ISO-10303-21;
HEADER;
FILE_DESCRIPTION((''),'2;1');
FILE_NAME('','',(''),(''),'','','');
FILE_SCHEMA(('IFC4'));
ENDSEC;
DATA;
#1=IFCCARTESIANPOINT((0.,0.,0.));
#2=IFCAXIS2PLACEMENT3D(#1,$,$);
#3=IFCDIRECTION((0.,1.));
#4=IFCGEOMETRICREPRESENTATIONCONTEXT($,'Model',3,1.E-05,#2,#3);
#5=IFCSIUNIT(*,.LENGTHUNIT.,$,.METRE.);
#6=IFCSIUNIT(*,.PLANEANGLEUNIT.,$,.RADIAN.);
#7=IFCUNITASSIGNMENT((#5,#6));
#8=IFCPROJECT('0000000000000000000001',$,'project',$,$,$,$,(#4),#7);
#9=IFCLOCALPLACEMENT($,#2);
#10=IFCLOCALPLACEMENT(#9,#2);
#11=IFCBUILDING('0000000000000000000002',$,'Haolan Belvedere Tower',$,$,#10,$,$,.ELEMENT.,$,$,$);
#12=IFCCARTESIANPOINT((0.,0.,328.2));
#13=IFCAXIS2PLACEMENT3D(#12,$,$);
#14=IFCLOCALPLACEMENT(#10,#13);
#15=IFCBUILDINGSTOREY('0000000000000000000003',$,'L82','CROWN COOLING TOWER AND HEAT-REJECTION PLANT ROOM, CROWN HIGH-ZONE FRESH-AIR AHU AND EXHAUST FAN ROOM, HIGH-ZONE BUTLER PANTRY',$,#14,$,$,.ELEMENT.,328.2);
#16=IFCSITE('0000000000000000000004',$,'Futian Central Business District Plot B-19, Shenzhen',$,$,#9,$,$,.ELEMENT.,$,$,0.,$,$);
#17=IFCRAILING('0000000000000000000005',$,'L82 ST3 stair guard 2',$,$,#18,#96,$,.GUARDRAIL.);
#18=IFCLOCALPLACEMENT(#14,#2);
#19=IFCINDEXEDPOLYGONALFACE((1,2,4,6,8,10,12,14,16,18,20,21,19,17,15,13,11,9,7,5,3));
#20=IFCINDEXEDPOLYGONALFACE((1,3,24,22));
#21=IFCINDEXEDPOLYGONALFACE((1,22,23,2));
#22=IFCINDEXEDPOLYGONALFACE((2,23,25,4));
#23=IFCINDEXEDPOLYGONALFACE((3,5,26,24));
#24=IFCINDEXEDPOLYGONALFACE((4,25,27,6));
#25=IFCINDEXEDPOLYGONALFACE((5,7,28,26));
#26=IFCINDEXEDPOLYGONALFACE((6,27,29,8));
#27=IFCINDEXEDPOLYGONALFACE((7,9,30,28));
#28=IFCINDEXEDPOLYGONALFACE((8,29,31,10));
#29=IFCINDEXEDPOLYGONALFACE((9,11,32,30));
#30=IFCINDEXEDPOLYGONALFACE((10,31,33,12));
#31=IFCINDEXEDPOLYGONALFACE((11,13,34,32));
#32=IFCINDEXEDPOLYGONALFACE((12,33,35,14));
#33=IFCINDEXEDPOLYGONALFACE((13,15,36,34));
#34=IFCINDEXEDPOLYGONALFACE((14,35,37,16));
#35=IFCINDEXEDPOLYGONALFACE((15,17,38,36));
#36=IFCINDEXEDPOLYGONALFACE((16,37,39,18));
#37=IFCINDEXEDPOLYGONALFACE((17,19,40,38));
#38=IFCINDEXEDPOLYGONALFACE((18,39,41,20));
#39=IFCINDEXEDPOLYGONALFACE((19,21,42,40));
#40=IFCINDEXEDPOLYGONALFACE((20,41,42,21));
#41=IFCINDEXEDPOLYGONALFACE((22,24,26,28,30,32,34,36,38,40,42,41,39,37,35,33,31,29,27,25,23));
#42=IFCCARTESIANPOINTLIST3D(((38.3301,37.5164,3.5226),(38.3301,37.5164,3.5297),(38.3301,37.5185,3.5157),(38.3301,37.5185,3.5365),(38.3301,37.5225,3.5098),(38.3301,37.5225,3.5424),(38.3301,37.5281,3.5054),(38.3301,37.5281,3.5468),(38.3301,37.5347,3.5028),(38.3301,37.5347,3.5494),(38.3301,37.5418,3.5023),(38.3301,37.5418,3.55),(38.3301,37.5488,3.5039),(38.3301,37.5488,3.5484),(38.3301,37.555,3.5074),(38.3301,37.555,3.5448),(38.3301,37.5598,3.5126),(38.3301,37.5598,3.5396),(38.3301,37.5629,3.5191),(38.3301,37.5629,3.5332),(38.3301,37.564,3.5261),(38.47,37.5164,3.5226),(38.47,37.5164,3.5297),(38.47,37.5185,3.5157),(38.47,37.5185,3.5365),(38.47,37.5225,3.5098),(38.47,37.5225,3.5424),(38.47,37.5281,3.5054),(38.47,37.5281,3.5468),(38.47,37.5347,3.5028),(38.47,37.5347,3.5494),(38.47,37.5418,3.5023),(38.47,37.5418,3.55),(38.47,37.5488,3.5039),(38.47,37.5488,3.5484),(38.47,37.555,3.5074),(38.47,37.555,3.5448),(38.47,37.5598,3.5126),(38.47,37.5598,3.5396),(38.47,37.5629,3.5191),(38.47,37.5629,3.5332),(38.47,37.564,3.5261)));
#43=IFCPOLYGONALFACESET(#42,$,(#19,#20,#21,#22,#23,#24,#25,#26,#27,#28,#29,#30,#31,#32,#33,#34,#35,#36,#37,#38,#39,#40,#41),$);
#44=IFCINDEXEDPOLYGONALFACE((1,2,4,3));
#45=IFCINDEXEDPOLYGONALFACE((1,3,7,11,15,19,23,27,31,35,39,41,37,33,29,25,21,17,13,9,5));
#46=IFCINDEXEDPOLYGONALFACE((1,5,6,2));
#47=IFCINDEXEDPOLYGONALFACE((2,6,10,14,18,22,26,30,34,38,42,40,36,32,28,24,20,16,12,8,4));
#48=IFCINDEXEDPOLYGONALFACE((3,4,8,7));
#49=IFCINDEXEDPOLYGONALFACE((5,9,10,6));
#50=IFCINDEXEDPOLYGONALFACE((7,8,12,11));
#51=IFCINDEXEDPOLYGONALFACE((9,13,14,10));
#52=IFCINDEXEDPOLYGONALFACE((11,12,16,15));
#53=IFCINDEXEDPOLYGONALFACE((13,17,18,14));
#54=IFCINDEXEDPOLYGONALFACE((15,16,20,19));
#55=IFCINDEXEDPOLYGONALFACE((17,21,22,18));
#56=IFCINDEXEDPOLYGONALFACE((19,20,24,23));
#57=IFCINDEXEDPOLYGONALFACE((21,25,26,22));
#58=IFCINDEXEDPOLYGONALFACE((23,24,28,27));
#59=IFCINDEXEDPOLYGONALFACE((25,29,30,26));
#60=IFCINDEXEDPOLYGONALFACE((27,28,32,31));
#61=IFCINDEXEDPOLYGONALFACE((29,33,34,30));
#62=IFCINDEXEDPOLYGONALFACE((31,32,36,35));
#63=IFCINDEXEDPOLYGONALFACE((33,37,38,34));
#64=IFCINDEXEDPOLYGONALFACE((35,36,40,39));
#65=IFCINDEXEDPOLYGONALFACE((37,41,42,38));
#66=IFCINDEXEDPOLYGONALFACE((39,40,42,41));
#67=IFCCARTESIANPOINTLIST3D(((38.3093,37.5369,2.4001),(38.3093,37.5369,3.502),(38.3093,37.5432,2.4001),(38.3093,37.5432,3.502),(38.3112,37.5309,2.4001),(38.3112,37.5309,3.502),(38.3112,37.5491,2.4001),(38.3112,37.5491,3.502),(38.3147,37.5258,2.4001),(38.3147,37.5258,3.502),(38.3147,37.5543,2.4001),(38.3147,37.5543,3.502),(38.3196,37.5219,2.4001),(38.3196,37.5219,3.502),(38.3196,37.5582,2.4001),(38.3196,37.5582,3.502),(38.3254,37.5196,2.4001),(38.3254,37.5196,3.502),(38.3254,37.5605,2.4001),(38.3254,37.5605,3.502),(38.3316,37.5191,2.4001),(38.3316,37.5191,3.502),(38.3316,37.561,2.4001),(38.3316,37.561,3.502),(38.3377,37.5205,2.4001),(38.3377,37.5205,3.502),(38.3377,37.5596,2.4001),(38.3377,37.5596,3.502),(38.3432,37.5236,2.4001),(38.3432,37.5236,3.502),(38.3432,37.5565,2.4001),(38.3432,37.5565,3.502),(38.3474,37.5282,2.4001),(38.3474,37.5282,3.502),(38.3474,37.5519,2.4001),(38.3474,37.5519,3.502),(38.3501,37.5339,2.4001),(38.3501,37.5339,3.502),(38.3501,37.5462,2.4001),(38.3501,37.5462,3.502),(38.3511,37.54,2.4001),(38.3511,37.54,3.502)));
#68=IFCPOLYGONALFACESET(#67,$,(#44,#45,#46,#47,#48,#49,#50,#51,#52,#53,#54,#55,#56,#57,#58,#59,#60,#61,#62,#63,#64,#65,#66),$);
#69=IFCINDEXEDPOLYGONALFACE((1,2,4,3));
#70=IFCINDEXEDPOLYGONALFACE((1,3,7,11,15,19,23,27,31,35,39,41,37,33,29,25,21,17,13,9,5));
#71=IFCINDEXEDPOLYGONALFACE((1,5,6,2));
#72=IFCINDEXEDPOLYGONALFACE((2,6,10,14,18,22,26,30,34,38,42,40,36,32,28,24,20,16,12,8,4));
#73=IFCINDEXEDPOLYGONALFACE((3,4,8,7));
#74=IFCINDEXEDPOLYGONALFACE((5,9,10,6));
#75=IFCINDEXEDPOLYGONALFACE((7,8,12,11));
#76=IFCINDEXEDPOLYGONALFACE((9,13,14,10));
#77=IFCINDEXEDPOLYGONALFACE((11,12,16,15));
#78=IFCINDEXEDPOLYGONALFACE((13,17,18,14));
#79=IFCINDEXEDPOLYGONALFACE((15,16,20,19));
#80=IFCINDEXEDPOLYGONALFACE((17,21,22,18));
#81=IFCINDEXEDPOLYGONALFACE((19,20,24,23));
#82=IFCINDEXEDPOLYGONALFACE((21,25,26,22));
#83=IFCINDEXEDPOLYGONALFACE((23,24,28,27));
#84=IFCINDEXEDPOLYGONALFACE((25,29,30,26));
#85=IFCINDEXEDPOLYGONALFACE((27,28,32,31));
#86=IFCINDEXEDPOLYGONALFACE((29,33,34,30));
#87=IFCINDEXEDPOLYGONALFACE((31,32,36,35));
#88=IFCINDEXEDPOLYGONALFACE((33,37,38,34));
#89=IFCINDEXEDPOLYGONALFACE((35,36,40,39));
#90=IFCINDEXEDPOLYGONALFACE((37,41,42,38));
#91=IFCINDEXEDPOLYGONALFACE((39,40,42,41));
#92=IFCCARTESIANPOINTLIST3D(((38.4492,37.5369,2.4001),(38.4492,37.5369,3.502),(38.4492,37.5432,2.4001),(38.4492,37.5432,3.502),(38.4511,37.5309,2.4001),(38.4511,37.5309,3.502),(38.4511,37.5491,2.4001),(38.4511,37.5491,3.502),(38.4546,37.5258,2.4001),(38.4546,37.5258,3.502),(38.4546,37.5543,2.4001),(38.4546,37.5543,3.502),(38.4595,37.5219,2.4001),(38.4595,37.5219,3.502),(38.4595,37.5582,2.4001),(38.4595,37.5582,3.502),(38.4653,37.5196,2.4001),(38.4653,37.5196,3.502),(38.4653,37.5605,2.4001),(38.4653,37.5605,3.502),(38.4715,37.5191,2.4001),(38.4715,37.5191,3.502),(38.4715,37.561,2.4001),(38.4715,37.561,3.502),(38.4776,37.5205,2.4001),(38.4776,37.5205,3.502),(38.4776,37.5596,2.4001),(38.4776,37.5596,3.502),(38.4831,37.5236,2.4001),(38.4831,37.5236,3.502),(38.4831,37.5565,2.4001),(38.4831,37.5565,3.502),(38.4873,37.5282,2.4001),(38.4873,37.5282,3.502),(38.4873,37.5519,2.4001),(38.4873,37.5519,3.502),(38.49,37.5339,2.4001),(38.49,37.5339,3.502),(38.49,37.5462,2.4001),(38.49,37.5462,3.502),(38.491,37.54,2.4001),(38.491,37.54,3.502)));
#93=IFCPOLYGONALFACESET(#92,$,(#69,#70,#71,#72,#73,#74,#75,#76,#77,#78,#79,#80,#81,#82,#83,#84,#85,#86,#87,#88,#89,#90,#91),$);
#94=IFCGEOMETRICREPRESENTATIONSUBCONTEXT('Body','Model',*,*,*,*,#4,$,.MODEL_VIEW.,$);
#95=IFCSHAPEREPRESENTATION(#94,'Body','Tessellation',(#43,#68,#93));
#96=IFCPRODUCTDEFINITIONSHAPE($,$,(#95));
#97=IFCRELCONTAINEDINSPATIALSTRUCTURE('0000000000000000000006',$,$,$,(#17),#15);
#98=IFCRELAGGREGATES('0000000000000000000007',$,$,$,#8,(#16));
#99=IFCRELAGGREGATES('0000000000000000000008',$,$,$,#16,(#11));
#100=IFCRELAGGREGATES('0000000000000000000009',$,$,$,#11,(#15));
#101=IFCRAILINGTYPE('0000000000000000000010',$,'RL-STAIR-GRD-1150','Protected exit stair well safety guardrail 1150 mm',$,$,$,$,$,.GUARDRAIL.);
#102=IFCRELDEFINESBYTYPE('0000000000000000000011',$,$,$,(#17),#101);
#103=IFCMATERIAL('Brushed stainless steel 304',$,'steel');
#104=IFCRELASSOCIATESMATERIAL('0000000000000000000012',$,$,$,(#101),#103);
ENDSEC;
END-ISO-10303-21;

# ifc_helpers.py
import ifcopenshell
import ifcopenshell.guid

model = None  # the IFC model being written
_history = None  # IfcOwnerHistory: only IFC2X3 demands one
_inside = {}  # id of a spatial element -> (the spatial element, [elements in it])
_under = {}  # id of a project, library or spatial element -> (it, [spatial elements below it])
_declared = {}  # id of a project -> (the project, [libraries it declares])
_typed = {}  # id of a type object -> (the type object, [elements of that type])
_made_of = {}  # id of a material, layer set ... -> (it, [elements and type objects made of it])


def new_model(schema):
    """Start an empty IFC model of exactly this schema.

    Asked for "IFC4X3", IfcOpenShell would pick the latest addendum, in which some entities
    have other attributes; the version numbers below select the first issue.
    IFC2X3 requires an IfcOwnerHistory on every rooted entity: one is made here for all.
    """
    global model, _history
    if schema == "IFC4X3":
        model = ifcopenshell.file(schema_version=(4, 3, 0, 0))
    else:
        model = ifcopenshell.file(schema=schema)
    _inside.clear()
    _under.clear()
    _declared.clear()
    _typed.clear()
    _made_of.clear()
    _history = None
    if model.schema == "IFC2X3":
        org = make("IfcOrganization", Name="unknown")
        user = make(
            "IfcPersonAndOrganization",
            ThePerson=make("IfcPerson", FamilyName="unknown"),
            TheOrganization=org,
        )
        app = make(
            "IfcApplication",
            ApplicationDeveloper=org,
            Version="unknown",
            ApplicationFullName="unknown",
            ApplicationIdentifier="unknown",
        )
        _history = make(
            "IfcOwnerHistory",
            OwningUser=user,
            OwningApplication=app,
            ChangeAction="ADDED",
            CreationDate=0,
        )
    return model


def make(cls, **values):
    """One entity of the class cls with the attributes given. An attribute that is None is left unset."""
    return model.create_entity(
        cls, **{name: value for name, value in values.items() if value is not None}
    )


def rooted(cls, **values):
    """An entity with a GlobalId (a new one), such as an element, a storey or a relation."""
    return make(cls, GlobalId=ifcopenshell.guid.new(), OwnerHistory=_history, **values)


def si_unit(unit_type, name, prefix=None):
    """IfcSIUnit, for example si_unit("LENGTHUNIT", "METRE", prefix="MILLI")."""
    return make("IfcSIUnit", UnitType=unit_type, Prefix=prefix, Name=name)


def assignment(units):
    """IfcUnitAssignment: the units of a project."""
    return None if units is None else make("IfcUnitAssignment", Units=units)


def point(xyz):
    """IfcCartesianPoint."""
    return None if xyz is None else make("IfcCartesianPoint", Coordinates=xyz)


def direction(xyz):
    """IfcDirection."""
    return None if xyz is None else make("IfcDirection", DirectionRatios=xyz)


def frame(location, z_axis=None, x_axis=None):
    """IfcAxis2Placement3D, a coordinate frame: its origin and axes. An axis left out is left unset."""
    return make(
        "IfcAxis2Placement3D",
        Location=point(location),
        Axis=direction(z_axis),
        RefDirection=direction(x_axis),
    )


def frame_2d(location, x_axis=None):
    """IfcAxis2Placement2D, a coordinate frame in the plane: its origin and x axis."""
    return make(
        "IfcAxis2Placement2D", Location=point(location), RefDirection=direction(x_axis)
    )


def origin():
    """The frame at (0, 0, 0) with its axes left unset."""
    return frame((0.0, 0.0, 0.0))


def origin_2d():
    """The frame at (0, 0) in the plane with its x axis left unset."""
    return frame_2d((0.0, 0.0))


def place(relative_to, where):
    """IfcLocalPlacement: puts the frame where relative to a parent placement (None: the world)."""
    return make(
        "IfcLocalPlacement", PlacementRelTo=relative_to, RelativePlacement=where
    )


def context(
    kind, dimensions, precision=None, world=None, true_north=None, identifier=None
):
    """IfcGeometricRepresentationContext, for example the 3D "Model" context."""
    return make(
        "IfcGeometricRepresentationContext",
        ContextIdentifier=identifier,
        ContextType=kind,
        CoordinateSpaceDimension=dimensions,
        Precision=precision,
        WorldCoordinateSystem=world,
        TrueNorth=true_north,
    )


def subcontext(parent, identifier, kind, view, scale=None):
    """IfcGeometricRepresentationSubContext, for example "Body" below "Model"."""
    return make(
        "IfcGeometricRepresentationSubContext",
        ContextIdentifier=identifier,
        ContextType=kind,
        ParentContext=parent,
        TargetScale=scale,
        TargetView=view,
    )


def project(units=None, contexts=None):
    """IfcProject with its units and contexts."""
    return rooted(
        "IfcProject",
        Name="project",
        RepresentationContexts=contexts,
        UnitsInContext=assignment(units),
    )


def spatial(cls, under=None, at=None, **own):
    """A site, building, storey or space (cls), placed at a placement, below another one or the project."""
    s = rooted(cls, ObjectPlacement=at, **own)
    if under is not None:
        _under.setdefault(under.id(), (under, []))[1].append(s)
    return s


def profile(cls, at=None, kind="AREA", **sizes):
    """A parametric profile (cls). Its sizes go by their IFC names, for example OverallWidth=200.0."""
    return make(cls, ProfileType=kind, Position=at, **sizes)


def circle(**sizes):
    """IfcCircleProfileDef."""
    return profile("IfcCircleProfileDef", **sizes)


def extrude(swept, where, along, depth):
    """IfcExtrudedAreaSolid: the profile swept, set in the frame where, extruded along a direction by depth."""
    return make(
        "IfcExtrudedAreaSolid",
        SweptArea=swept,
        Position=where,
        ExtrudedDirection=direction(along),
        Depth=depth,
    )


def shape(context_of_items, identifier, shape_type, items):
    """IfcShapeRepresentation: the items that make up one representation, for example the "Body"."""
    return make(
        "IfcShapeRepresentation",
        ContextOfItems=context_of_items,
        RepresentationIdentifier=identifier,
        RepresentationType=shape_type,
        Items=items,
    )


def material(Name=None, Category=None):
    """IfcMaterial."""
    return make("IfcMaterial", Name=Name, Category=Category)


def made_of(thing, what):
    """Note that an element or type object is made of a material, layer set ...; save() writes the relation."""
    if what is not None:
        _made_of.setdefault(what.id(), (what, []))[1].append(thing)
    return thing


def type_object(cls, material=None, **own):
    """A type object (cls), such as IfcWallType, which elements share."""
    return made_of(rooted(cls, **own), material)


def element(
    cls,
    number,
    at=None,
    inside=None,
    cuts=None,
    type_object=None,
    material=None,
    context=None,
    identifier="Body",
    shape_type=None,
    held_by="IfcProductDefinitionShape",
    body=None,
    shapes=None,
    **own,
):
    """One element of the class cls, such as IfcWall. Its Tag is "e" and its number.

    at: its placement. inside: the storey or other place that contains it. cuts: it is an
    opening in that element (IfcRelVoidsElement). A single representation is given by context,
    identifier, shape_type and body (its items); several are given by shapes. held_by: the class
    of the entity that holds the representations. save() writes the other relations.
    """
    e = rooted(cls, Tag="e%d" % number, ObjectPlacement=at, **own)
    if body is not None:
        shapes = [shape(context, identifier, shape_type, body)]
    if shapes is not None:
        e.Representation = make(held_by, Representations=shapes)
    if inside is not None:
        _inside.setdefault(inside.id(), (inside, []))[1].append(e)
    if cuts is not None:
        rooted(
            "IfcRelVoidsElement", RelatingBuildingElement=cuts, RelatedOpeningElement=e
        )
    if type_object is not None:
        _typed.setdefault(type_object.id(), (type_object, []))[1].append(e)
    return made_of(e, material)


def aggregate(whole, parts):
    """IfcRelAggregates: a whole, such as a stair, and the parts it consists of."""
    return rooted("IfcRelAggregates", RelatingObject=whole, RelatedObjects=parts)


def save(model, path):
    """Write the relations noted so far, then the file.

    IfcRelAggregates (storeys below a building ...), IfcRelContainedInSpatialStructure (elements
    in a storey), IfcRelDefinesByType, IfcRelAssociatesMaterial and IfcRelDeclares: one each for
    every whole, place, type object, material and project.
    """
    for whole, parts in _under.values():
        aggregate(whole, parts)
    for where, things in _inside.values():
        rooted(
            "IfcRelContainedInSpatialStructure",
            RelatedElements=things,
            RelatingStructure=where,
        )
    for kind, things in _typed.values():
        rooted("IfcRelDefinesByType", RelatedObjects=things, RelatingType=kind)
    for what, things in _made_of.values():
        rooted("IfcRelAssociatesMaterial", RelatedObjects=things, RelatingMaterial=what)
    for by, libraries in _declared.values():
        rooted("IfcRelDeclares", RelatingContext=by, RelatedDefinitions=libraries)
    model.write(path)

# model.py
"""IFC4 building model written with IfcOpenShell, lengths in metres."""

from ifc_helpers import new_model, si_unit, direction, frame, origin, origin_2d, place, context, subcontext, project, spatial, circle, extrude, material, type_object, element, save


model = new_model("IFC4")

# Units and contexts
model_context = context("Model", 3, precision=1e-05, world=origin(), true_north=direction((0.0, 1.0)))
body_context = subcontext(model_context, "Body", "Model", "MODEL_VIEW")
ifc_project = project(units=[si_unit("LENGTHUNIT", "METRE"), si_unit("PLANEANGLEUNIT", "RADIAN")], contexts=[model_context])

# Site, building, storey
site_placement = place(None, origin())
site = spatial("IfcSite", under=ifc_project, at=site_placement, Name="Futian Central Business District Plot B-19, Shenzhen", CompositionType="ELEMENT", RefElevation=0.0)
building_placement = place(site_placement, origin())
building = spatial("IfcBuilding", under=site, at=building_placement, Name="Haolan Belvedere Tower", CompositionType="ELEMENT")
storey_placement = place(building_placement, frame((0.0, 0.0, 328.2)))
storey = spatial("IfcBuildingStorey", under=building, at=storey_placement, Name="L82", Description="CROWN COOLING TOWER AND HEAT-REJECTION PLANT ROOM, CROWN HIGH-ZONE FRESH-AIR AHU AND EXHAUST FAN ROOM, HIGH-ZONE BUTLER PANTRY", CompositionType="ELEMENT", Elevation=328.2)

# Railing
ifc_material_1 = material(Name="Brushed stainless steel 304", Category="steel")
railing_type = type_object("IfcRailingType", Name="RL-STAIR-GRD-1150", Description="Protected exit stair well safety guardrail 1150 mm", PredefinedType="GUARDRAIL", material=ifc_material_1)
railing_1_placement = place(storey_placement, frame((38.3301, 37.54, 2.4001)))
element("IfcRailing", 1, at=railing_1_placement, inside=storey, type_object=railing_type, Name="L82 ST3 stair guard 2", PredefinedType="GUARDRAIL", context=body_context, shape_type="SweptSolid", body=[
    extrude(circle(Radius=0.0239, at=origin_2d()), frame((0.0, 0.0, 1.126), z_axis=(1.0, 0.0, 0.0), x_axis=(0.0, 1.0, 0.0)), (0.0, 0.0, 1.0), 0.1399),
    extrude(circle(Radius=0.021, at=origin_2d()), origin(), (0.0, 0.0, 1.0), 1.1018),
    extrude(circle(Radius=0.021, at=origin_2d()), frame((0.1399, 0.0, 0.0)), (0.0, 0.0, 1.0), 1.1018),
])

save(model, "model.ifc")
